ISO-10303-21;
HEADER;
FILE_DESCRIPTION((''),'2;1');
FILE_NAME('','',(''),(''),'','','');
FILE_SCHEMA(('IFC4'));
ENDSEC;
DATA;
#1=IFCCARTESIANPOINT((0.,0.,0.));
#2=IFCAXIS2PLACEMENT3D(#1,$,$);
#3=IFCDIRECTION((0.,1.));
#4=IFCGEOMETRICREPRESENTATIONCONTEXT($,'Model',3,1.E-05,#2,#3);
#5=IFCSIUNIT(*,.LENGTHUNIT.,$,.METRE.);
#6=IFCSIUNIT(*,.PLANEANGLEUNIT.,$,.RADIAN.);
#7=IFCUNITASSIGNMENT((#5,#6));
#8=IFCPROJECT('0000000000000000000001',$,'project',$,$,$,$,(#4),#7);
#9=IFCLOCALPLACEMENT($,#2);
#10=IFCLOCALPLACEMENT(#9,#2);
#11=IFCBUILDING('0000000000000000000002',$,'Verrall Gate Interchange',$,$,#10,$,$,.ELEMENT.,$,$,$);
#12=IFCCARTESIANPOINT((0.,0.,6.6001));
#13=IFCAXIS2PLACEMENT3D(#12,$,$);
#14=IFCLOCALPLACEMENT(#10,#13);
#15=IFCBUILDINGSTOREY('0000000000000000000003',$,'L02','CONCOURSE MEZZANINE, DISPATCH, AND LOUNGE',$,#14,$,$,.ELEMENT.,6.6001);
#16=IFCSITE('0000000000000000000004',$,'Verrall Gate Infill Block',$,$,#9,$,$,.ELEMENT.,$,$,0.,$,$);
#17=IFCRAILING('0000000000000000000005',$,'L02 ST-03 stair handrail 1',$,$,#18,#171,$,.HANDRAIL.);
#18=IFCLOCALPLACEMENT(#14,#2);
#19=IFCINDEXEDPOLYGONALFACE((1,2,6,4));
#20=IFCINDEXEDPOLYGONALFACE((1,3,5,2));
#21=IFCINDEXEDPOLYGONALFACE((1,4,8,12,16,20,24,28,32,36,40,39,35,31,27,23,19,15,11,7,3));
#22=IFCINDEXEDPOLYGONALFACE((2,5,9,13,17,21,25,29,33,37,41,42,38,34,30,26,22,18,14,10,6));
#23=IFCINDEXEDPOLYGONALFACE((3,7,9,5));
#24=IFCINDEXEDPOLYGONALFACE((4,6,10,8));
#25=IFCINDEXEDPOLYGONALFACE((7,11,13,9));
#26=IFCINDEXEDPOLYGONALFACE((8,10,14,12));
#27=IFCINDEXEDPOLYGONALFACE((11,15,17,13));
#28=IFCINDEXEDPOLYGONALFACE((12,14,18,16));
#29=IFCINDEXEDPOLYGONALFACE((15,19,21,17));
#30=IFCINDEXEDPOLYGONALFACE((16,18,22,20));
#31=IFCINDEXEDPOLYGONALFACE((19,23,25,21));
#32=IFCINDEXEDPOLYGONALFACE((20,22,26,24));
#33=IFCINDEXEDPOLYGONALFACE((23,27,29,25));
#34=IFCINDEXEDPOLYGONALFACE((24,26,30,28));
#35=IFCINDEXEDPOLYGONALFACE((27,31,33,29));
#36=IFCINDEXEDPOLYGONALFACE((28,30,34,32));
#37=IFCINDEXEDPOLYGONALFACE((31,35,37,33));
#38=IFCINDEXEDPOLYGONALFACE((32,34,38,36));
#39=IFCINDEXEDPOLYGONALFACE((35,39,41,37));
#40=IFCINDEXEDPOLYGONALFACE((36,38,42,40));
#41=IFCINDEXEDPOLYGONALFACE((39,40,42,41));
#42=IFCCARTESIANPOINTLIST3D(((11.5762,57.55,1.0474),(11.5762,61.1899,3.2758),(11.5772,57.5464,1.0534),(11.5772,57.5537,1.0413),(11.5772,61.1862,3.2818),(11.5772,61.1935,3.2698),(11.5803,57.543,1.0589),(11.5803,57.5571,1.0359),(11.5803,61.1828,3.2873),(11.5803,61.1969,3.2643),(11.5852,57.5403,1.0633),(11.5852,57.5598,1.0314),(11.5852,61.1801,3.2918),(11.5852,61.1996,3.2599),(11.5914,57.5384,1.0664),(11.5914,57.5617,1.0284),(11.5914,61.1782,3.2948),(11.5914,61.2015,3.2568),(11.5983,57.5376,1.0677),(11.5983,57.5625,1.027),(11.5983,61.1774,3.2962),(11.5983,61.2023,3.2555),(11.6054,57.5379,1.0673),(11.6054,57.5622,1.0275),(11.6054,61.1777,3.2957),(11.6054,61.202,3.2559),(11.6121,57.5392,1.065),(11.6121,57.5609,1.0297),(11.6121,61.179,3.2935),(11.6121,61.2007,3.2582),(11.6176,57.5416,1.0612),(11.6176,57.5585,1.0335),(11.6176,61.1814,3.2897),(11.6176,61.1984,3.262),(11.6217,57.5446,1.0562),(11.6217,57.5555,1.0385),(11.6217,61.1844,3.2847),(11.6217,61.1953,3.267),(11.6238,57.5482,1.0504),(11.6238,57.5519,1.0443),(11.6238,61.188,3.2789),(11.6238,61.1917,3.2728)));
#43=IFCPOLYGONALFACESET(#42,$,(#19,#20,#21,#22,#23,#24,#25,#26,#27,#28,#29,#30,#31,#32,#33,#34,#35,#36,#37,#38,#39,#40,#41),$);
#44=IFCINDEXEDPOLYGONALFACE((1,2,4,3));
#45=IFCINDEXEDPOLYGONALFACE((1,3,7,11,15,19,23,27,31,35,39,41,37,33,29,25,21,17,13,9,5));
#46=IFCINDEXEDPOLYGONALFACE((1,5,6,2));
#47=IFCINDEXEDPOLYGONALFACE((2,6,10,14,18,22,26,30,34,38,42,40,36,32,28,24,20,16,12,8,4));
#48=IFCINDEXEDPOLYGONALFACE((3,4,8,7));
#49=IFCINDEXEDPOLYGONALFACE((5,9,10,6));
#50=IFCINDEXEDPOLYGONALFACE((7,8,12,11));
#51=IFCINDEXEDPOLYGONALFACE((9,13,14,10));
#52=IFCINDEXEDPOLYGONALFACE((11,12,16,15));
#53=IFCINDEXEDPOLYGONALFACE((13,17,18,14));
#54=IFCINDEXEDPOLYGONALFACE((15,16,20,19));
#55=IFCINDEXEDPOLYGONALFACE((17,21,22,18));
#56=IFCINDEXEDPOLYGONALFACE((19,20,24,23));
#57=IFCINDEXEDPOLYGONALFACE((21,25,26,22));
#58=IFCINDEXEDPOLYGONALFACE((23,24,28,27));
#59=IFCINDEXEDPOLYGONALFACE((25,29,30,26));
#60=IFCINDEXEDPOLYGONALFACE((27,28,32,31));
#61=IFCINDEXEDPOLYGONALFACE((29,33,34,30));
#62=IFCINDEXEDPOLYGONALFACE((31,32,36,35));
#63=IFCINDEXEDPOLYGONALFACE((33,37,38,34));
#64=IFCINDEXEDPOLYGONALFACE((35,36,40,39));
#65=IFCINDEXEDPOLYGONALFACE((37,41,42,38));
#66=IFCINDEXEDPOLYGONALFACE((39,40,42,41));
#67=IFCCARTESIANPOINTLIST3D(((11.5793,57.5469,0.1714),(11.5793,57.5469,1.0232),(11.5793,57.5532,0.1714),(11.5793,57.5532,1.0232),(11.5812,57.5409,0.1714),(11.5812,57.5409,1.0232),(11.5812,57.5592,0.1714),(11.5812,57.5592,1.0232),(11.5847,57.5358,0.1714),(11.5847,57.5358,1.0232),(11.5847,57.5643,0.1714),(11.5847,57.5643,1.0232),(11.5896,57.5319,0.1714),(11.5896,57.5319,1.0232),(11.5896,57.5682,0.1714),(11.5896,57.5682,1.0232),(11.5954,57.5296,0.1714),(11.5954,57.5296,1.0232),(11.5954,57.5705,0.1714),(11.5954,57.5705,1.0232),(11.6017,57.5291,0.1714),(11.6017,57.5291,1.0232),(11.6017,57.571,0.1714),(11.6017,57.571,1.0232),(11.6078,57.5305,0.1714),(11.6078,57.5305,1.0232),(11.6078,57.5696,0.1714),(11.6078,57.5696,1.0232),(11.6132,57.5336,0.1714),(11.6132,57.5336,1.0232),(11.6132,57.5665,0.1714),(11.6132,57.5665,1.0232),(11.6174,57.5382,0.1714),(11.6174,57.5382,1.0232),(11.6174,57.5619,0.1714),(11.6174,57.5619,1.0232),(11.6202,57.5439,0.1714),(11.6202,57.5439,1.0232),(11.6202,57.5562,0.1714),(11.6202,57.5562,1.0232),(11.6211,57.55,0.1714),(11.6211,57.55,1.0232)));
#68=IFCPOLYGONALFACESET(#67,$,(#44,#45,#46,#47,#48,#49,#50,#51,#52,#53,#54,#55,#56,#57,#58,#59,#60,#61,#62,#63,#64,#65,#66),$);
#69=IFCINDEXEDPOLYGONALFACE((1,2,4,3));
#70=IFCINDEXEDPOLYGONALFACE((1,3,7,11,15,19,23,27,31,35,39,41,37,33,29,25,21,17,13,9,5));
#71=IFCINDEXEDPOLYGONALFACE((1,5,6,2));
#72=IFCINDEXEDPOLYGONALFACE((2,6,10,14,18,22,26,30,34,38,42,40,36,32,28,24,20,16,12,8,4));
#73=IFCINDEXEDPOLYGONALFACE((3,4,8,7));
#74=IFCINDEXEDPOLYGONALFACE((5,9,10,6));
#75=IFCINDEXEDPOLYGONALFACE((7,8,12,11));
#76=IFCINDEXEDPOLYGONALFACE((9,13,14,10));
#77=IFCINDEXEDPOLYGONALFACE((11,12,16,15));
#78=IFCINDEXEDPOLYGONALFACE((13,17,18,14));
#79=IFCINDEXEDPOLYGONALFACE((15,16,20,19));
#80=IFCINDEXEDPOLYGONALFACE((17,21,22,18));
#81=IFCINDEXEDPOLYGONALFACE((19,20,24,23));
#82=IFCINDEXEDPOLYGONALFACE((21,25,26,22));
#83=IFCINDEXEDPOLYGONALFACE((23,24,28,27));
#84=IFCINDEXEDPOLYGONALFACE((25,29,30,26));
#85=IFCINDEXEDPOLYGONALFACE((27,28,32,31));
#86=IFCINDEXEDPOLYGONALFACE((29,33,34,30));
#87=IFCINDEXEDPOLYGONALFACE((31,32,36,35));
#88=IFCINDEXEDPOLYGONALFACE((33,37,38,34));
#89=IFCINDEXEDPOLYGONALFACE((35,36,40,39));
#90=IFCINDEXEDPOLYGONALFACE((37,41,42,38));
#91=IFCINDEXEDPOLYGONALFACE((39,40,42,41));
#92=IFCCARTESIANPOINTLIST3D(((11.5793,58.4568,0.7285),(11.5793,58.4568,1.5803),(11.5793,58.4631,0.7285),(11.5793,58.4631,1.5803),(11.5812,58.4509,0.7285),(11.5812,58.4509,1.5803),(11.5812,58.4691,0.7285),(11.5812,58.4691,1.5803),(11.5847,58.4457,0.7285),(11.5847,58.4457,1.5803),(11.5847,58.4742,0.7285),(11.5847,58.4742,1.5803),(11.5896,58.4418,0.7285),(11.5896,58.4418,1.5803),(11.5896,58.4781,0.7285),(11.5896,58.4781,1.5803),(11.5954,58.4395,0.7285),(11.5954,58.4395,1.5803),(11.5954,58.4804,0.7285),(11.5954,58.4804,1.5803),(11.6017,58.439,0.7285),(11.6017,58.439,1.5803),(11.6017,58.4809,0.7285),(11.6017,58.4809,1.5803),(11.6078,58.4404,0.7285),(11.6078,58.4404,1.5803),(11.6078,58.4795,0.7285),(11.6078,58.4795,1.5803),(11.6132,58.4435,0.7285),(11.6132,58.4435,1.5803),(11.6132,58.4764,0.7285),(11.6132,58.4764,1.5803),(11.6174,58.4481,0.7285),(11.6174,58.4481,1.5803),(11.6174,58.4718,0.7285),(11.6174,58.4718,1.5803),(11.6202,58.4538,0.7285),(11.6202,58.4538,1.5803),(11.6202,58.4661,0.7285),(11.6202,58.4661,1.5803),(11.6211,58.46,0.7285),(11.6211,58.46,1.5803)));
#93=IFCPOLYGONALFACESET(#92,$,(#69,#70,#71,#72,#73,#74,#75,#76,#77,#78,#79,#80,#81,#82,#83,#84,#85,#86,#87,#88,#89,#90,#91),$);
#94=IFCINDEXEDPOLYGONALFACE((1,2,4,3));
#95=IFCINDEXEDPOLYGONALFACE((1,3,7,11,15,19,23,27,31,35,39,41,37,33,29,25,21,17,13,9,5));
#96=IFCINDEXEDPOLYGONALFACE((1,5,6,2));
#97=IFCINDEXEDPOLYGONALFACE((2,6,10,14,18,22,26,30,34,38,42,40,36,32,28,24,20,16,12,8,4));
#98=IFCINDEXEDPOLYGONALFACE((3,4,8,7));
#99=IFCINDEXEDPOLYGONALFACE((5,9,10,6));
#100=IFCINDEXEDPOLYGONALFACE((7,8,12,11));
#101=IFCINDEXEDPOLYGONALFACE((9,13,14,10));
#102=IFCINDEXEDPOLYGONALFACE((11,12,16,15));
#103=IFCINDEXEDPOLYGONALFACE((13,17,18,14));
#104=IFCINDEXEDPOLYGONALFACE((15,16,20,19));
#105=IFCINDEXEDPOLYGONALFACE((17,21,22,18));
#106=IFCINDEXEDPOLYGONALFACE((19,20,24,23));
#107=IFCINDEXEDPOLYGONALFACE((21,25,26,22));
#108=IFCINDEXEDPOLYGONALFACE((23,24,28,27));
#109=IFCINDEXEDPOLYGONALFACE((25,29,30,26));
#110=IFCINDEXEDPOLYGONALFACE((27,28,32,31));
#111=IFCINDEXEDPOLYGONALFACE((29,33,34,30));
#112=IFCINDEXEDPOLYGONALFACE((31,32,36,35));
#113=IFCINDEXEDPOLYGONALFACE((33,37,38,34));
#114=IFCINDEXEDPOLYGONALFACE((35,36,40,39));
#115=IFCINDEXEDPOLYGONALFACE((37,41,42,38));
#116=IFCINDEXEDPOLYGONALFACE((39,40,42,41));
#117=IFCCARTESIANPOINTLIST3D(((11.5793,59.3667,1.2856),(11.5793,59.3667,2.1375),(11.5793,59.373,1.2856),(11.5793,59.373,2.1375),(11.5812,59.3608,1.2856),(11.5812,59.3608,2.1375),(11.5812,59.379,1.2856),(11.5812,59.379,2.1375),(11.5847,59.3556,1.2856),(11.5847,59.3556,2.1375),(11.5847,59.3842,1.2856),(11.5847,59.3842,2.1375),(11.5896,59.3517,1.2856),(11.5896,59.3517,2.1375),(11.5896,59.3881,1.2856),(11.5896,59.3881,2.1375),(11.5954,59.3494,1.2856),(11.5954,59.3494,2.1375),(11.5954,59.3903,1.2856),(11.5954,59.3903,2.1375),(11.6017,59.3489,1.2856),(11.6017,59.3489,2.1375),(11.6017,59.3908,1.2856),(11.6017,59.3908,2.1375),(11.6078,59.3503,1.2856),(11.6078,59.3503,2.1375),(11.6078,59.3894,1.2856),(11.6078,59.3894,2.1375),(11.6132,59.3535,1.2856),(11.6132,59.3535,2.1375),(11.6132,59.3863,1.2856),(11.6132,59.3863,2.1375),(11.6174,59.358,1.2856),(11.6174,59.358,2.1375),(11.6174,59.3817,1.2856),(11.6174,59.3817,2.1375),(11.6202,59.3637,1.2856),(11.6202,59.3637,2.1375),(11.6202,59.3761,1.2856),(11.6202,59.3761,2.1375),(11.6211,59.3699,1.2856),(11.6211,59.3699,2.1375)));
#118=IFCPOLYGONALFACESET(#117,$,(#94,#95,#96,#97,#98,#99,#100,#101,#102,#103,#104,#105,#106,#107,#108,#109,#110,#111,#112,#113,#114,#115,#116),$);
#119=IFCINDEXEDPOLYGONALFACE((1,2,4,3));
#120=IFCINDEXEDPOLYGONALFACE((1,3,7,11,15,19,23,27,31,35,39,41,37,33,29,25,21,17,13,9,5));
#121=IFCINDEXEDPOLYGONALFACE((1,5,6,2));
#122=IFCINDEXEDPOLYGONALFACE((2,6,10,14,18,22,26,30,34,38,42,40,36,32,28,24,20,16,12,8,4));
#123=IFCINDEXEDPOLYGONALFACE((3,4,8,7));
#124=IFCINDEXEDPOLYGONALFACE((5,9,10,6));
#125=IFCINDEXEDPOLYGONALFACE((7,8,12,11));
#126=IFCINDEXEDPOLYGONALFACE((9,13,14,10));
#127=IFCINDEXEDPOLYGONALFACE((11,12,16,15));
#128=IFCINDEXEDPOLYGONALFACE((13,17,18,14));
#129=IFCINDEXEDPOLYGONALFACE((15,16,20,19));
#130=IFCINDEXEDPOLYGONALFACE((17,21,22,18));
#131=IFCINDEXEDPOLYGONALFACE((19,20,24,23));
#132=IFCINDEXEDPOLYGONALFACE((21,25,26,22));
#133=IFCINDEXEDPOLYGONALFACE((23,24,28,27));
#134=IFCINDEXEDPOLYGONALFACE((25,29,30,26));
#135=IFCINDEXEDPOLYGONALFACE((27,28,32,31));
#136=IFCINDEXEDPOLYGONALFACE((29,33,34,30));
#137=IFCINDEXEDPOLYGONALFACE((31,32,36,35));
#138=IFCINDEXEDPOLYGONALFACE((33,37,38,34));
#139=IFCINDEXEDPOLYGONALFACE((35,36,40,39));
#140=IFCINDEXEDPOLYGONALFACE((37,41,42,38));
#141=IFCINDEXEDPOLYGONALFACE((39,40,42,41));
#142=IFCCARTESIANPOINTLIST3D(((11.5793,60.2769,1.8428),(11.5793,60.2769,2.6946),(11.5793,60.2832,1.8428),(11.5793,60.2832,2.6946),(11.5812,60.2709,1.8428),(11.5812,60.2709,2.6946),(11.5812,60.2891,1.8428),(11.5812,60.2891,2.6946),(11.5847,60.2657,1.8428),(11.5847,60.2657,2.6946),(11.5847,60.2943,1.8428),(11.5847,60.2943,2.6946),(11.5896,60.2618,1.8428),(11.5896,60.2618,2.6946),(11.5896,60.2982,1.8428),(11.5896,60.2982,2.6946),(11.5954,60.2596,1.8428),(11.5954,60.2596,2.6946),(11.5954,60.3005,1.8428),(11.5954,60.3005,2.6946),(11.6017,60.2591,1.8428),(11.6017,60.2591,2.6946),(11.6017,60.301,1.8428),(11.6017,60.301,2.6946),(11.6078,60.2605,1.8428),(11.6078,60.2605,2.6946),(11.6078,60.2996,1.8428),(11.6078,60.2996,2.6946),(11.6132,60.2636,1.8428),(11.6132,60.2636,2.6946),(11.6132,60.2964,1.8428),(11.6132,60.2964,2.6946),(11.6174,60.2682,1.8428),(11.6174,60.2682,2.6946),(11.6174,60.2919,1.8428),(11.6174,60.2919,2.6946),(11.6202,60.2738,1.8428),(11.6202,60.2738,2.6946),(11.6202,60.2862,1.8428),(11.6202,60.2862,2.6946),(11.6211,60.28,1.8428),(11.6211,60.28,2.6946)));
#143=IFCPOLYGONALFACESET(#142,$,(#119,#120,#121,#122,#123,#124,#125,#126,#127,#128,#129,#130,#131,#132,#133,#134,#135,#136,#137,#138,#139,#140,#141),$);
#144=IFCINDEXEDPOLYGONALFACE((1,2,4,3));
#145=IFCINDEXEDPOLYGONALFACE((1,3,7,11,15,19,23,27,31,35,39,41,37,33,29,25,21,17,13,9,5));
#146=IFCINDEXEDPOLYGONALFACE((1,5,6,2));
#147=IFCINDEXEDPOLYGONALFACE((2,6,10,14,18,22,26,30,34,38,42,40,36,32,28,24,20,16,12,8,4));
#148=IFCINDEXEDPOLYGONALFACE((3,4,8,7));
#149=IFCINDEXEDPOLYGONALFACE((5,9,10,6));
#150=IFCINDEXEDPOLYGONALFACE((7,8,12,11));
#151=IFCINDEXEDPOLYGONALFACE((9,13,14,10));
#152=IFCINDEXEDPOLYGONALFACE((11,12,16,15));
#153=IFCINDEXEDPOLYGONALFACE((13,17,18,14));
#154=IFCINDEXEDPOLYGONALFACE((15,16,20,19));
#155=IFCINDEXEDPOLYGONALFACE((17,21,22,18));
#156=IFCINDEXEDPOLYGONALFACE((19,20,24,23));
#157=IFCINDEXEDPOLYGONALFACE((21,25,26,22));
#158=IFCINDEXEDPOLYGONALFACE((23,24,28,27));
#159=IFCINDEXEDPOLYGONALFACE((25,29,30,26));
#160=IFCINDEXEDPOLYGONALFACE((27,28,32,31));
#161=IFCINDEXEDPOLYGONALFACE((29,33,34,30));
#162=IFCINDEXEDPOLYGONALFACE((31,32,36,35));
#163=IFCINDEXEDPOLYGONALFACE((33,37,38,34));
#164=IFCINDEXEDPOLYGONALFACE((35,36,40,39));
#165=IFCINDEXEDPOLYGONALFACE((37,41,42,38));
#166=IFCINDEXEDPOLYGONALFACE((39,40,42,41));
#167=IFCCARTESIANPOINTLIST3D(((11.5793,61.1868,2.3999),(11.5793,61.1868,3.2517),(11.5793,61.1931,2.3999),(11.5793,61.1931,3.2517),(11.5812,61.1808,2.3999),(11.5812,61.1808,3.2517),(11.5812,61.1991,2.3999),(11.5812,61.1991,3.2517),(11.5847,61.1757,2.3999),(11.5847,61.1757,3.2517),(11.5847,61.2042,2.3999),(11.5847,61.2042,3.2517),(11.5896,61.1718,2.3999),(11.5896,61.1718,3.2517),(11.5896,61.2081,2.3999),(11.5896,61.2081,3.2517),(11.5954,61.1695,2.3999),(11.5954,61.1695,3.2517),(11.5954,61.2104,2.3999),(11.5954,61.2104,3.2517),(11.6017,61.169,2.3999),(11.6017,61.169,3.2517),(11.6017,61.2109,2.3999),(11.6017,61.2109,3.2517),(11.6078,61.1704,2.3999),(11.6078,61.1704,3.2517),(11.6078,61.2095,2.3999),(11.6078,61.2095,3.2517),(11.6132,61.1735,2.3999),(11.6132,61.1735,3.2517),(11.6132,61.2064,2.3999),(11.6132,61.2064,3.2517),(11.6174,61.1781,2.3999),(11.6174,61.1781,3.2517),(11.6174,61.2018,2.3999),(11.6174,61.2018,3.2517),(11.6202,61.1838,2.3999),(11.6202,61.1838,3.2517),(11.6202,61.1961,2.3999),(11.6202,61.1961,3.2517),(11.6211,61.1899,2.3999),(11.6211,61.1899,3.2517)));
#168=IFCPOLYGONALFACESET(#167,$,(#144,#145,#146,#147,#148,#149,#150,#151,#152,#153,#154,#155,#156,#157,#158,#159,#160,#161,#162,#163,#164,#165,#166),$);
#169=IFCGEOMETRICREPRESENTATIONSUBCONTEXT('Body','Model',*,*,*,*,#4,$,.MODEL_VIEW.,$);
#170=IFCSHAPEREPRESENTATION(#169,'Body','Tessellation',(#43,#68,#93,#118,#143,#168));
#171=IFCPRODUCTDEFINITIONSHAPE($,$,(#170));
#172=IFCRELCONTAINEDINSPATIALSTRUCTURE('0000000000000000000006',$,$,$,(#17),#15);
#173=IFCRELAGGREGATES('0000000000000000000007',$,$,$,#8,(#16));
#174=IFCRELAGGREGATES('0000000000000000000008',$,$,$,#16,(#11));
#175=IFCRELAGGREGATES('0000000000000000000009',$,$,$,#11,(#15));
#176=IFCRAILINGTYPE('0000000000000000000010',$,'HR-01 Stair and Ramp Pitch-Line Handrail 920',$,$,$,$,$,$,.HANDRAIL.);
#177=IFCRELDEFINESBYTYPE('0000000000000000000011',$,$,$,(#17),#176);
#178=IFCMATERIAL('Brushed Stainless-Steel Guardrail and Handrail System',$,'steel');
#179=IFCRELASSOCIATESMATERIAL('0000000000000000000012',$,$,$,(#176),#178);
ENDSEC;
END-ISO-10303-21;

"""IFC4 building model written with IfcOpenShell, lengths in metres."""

from ifc_helpers import new_model, si_unit, direction, frame, origin, origin_2d, place, context, subcontext, project, spatial, circle, extrude, material, type_object, element, save


model = new_model("IFC4")

# Units and contexts
model_context = context("Model", 3, precision=1e-05, world=origin(), true_north=direction((0.0, 1.0)))
body_context = subcontext(model_context, "Body", "Model", "MODEL_VIEW")
ifc_project = project(units=[si_unit("LENGTHUNIT", "METRE"), si_unit("PLANEANGLEUNIT", "RADIAN")], contexts=[model_context])

# Site, building, storey
site_placement = place(None, origin())
site = spatial("IfcSite", under=ifc_project, at=site_placement, Name="Verrall Gate Infill Block", CompositionType="ELEMENT", RefElevation=0.0)
building_placement = place(site_placement, origin())
building = spatial("IfcBuilding", under=site, at=building_placement, Name="Verrall Gate Interchange", CompositionType="ELEMENT")
storey_placement = place(building_placement, frame((0.0, 0.0, 6.6001)))
storey = spatial("IfcBuildingStorey", under=building, at=storey_placement, Name="L02", Description="CONCOURSE MEZZANINE, DISPATCH, AND LOUNGE", CompositionType="ELEMENT", Elevation=6.6001)

# Railing
ifc_material_1 = material(Name="Brushed Stainless-Steel Guardrail and Handrail System", Category="steel")
railing_type_1 = type_object("IfcRailingType", Name="HR-01 Stair and Ramp Pitch-Line Handrail 920", PredefinedType="HANDRAIL", material=ifc_material_1)
for number, where, name in (
    (1, (11.6001, 57.55, 0.1714), "L02 ST-03 stair handrail 1"),
):
    element("IfcRailing", number, at=place(storey_placement, frame(where)), inside=storey, type_object=railing_type_1, Name=name, PredefinedType="HANDRAIL", context=body_context, shape_type="SweptSolid", body=[
        extrude(circle(Radius=0.0239, at=origin_2d()), frame((0.0, 0.0, 0.876), z_axis=(0.0, 0.85285, 0.522156), x_axis=(-1.0, 0.0, 0.0)), (0.0, 0.0, 1.0), 4.2678),
        extrude(circle(Radius=0.021, at=origin_2d()), origin(), (0.0, 0.0, 1.0), 0.8518),
        extrude(circle(Radius=0.021, at=origin_2d()), frame((0.0, 0.9099, 0.5571)), (0.0, 0.0, 1.0), 0.8518),
        extrude(circle(Radius=0.021, at=origin_2d()), frame((0.0, 1.8198, 1.1143)), (0.0, 0.0, 1.0), 0.8518),
        extrude(circle(Radius=0.021, at=origin_2d()), frame((0.0, 2.73, 1.6714)), (0.0, 0.0, 1.0), 0.8518),
        extrude(circle(Radius=0.021, at=origin_2d()), frame((0.0, 3.6399, 2.2285)), (0.0, 0.0, 1.0), 0.8518),
    ])

save(model, "model.ifc")
